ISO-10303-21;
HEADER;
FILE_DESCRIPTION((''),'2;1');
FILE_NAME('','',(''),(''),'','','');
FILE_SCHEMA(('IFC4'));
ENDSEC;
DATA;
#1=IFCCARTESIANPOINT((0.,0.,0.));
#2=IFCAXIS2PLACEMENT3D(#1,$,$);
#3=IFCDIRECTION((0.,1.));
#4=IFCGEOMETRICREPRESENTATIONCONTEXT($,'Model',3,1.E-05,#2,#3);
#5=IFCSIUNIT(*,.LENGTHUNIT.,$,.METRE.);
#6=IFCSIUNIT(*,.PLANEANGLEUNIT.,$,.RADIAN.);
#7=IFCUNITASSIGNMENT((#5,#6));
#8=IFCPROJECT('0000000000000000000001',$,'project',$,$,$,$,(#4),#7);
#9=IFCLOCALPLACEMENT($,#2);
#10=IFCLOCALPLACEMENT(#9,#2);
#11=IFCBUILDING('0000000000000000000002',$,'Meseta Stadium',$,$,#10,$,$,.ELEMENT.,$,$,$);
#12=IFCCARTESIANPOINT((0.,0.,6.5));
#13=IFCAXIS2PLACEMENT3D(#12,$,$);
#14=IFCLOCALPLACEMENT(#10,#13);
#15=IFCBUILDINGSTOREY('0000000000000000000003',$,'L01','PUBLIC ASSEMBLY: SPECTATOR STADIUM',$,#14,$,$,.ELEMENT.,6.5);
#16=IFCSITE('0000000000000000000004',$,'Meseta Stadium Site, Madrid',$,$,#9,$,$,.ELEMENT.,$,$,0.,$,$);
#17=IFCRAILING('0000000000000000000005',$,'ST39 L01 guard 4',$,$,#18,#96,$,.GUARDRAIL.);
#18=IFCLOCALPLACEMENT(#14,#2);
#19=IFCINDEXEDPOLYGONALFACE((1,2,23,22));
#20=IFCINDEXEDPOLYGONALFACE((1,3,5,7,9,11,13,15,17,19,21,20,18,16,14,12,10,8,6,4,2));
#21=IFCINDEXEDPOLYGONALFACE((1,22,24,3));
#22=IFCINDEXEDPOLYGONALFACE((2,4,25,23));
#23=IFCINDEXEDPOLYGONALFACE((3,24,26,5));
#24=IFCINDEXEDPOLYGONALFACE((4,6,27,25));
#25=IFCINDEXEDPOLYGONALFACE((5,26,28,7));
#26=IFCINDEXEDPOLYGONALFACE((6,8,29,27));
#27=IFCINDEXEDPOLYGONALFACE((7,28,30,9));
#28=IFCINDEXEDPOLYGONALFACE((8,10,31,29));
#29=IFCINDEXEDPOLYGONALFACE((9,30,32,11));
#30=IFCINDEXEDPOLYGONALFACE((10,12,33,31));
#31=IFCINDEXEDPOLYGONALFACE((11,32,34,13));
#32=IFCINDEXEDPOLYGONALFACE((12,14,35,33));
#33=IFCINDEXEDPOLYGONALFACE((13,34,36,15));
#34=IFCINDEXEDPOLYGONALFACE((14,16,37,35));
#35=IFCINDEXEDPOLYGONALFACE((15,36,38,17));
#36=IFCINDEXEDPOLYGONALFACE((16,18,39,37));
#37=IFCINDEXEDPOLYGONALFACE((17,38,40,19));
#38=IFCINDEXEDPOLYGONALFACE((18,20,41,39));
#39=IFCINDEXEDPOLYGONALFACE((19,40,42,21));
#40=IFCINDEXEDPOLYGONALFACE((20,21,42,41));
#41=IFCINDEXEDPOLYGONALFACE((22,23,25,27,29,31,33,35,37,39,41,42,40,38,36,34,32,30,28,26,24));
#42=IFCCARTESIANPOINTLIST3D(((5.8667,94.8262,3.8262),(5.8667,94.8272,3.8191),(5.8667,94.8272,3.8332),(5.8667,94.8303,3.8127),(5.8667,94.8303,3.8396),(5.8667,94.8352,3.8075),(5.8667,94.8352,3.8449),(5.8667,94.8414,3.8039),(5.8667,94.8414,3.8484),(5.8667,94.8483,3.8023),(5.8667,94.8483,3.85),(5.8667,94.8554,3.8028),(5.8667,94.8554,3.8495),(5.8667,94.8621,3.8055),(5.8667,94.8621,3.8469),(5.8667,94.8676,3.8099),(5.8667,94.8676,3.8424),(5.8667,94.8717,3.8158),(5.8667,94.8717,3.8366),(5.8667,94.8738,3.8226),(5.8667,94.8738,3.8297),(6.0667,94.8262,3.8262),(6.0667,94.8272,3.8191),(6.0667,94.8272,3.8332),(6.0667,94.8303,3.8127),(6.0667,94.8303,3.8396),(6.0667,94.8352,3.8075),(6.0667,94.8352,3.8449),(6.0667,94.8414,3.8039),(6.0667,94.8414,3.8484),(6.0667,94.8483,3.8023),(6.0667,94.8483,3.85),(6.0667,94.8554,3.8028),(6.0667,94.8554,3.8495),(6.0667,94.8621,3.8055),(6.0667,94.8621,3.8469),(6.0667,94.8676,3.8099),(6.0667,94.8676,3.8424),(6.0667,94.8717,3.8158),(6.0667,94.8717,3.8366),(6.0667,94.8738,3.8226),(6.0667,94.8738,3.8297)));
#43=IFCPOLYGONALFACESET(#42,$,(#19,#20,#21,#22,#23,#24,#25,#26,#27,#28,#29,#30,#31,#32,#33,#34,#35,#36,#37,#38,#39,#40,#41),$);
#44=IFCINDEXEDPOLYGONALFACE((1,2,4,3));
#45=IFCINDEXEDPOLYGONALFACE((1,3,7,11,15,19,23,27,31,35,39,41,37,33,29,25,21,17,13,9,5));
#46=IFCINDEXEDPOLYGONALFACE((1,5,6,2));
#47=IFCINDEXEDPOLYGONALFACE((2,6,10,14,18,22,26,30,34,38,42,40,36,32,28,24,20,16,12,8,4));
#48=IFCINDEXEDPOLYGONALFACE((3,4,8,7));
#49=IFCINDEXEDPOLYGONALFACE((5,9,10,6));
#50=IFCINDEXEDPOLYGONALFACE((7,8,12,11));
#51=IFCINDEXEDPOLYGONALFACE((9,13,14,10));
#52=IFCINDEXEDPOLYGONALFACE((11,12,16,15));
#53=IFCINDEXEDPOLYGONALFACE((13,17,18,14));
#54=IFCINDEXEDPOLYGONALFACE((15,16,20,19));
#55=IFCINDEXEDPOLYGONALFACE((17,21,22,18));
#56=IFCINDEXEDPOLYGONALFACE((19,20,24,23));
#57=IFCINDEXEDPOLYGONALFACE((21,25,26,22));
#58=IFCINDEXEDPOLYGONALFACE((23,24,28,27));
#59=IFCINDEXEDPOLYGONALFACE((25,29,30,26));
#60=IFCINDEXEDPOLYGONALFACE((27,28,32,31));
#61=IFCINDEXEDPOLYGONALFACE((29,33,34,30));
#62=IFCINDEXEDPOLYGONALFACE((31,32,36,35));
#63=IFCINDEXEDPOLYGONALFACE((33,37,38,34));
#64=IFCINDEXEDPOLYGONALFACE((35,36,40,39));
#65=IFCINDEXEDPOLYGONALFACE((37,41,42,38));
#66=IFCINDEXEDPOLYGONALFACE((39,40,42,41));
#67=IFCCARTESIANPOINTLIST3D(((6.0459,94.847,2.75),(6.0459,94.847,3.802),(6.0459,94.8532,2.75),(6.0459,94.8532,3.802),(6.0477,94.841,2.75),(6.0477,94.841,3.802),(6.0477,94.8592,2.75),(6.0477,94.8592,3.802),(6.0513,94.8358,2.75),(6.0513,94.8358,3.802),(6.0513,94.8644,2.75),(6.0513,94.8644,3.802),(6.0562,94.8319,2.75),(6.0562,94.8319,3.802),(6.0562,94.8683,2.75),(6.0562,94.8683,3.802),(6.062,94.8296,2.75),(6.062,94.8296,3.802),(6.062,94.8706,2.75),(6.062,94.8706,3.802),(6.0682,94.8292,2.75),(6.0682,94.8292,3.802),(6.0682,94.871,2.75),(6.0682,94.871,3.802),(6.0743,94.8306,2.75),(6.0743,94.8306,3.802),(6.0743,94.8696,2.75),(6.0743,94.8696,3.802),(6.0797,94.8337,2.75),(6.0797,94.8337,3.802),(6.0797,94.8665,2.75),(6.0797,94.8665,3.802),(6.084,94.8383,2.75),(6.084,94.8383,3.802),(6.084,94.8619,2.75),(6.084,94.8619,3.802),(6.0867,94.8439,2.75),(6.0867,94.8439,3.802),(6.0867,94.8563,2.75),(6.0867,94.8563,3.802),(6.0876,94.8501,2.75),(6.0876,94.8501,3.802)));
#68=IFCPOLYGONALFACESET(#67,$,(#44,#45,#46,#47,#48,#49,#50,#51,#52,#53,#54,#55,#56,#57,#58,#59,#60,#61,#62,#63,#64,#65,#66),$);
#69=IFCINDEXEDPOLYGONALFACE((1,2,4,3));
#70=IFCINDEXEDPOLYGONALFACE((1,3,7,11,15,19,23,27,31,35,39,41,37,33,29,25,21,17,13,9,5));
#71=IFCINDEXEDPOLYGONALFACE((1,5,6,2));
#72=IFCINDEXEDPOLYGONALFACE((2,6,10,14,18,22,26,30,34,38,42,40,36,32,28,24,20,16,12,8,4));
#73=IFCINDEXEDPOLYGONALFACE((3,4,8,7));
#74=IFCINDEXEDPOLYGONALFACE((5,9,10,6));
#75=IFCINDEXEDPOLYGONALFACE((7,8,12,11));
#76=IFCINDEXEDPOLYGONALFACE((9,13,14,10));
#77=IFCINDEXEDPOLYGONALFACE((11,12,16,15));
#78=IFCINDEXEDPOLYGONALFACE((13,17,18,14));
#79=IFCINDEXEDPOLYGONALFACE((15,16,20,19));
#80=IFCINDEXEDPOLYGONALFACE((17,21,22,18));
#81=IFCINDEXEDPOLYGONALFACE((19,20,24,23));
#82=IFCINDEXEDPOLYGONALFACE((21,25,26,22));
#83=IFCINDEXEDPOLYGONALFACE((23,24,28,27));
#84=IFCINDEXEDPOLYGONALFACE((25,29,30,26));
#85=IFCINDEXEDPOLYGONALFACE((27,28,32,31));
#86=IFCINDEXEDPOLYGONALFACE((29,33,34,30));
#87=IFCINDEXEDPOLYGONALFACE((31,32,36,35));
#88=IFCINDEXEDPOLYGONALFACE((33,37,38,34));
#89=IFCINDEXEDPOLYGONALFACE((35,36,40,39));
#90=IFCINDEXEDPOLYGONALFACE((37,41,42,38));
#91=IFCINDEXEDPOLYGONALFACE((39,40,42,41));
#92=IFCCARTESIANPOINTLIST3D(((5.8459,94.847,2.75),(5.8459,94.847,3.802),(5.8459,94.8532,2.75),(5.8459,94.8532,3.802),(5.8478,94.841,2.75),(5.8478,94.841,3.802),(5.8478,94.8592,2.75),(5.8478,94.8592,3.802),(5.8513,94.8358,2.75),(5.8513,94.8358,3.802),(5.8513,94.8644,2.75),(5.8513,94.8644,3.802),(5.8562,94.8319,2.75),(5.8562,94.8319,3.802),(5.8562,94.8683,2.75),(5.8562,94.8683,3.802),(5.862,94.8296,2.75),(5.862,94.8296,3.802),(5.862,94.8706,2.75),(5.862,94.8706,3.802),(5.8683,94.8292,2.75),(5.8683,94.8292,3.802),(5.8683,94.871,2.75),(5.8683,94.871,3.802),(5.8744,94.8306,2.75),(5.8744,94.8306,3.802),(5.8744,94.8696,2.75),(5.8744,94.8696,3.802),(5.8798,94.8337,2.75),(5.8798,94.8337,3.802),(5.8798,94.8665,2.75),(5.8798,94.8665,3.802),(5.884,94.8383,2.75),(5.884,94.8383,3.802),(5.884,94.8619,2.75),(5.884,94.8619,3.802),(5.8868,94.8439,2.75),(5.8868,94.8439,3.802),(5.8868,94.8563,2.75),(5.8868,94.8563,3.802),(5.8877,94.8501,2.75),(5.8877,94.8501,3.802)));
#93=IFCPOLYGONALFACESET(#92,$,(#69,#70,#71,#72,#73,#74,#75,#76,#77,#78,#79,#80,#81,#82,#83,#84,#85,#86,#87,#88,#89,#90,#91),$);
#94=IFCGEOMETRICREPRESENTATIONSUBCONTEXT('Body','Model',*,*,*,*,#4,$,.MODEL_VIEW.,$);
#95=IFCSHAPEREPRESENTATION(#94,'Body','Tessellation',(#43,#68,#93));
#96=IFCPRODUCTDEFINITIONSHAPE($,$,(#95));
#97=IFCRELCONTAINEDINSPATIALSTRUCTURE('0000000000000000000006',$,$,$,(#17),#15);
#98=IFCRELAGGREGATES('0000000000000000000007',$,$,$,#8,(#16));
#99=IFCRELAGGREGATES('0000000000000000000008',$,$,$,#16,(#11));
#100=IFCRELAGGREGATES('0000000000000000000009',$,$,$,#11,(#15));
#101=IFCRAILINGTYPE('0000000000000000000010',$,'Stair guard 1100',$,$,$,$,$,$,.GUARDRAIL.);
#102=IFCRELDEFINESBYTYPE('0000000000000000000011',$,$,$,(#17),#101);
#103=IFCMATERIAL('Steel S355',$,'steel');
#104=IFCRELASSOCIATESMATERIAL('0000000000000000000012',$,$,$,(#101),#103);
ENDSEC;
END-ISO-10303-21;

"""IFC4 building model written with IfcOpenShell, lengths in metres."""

from ifc_helpers import new_model, si_unit, direction, frame, origin, origin_2d, place, context, subcontext, project, spatial, circle, extrude, material, type_object, element, save


model = new_model("IFC4")

# Units and contexts
model_context = context("Model", 3, precision=1e-05, world=origin(), true_north=direction((0.0, 1.0)))
body_context = subcontext(model_context, "Body", "Model", "MODEL_VIEW")
ifc_project = project(units=[si_unit("LENGTHUNIT", "METRE"), si_unit("PLANEANGLEUNIT", "RADIAN")], contexts=[model_context])

# Site, building, storey
site_placement = place(None, origin())
site = spatial("IfcSite", under=ifc_project, at=site_placement, Name="Meseta Stadium Site, Madrid", CompositionType="ELEMENT", RefElevation=0.0)
building_placement = place(site_placement, origin())
building = spatial("IfcBuilding", under=site, at=building_placement, Name="Meseta Stadium", CompositionType="ELEMENT")
storey_placement = place(building_placement, frame((0.0, 0.0, 6.5)))
storey = spatial("IfcBuildingStorey", under=building, at=storey_placement, Name="L01", Description="PUBLIC ASSEMBLY: SPECTATOR STADIUM", CompositionType="ELEMENT", Elevation=6.5)

# Railing
ifc_material_1 = material(Name="Steel S355", Category="steel")
railing_type_1 = type_object("IfcRailingType", Name="Stair guard 1100", PredefinedType="GUARDRAIL", material=ifc_material_1)
railing_1_placement = place(storey_placement, frame((6.0667, 94.8501, 2.75)))
element("IfcRailing", 1, at=railing_1_placement, inside=storey, type_object=railing_type_1, Name="ST39 L01 guard 4", PredefinedType="GUARDRAIL", context=body_context, shape_type="SweptSolid", body=[
    extrude(circle(Radius=0.0239, at=origin_2d()), frame((0.0, 0.0, 1.0762), z_axis=(-1.0, 0.0, 0.0), x_axis=(0.0, -1.0, 0.0)), (0.0, 0.0, 1.0), 0.2),
    extrude(circle(Radius=0.021, at=origin_2d()), origin(), (0.0, 0.0, 1.0), 1.052),
    extrude(circle(Radius=0.021, at=origin_2d()), frame((-0.2, 0.0, 0.0)), (0.0, 0.0, 1.0), 1.052),
])

save(model, "model.ifc")
